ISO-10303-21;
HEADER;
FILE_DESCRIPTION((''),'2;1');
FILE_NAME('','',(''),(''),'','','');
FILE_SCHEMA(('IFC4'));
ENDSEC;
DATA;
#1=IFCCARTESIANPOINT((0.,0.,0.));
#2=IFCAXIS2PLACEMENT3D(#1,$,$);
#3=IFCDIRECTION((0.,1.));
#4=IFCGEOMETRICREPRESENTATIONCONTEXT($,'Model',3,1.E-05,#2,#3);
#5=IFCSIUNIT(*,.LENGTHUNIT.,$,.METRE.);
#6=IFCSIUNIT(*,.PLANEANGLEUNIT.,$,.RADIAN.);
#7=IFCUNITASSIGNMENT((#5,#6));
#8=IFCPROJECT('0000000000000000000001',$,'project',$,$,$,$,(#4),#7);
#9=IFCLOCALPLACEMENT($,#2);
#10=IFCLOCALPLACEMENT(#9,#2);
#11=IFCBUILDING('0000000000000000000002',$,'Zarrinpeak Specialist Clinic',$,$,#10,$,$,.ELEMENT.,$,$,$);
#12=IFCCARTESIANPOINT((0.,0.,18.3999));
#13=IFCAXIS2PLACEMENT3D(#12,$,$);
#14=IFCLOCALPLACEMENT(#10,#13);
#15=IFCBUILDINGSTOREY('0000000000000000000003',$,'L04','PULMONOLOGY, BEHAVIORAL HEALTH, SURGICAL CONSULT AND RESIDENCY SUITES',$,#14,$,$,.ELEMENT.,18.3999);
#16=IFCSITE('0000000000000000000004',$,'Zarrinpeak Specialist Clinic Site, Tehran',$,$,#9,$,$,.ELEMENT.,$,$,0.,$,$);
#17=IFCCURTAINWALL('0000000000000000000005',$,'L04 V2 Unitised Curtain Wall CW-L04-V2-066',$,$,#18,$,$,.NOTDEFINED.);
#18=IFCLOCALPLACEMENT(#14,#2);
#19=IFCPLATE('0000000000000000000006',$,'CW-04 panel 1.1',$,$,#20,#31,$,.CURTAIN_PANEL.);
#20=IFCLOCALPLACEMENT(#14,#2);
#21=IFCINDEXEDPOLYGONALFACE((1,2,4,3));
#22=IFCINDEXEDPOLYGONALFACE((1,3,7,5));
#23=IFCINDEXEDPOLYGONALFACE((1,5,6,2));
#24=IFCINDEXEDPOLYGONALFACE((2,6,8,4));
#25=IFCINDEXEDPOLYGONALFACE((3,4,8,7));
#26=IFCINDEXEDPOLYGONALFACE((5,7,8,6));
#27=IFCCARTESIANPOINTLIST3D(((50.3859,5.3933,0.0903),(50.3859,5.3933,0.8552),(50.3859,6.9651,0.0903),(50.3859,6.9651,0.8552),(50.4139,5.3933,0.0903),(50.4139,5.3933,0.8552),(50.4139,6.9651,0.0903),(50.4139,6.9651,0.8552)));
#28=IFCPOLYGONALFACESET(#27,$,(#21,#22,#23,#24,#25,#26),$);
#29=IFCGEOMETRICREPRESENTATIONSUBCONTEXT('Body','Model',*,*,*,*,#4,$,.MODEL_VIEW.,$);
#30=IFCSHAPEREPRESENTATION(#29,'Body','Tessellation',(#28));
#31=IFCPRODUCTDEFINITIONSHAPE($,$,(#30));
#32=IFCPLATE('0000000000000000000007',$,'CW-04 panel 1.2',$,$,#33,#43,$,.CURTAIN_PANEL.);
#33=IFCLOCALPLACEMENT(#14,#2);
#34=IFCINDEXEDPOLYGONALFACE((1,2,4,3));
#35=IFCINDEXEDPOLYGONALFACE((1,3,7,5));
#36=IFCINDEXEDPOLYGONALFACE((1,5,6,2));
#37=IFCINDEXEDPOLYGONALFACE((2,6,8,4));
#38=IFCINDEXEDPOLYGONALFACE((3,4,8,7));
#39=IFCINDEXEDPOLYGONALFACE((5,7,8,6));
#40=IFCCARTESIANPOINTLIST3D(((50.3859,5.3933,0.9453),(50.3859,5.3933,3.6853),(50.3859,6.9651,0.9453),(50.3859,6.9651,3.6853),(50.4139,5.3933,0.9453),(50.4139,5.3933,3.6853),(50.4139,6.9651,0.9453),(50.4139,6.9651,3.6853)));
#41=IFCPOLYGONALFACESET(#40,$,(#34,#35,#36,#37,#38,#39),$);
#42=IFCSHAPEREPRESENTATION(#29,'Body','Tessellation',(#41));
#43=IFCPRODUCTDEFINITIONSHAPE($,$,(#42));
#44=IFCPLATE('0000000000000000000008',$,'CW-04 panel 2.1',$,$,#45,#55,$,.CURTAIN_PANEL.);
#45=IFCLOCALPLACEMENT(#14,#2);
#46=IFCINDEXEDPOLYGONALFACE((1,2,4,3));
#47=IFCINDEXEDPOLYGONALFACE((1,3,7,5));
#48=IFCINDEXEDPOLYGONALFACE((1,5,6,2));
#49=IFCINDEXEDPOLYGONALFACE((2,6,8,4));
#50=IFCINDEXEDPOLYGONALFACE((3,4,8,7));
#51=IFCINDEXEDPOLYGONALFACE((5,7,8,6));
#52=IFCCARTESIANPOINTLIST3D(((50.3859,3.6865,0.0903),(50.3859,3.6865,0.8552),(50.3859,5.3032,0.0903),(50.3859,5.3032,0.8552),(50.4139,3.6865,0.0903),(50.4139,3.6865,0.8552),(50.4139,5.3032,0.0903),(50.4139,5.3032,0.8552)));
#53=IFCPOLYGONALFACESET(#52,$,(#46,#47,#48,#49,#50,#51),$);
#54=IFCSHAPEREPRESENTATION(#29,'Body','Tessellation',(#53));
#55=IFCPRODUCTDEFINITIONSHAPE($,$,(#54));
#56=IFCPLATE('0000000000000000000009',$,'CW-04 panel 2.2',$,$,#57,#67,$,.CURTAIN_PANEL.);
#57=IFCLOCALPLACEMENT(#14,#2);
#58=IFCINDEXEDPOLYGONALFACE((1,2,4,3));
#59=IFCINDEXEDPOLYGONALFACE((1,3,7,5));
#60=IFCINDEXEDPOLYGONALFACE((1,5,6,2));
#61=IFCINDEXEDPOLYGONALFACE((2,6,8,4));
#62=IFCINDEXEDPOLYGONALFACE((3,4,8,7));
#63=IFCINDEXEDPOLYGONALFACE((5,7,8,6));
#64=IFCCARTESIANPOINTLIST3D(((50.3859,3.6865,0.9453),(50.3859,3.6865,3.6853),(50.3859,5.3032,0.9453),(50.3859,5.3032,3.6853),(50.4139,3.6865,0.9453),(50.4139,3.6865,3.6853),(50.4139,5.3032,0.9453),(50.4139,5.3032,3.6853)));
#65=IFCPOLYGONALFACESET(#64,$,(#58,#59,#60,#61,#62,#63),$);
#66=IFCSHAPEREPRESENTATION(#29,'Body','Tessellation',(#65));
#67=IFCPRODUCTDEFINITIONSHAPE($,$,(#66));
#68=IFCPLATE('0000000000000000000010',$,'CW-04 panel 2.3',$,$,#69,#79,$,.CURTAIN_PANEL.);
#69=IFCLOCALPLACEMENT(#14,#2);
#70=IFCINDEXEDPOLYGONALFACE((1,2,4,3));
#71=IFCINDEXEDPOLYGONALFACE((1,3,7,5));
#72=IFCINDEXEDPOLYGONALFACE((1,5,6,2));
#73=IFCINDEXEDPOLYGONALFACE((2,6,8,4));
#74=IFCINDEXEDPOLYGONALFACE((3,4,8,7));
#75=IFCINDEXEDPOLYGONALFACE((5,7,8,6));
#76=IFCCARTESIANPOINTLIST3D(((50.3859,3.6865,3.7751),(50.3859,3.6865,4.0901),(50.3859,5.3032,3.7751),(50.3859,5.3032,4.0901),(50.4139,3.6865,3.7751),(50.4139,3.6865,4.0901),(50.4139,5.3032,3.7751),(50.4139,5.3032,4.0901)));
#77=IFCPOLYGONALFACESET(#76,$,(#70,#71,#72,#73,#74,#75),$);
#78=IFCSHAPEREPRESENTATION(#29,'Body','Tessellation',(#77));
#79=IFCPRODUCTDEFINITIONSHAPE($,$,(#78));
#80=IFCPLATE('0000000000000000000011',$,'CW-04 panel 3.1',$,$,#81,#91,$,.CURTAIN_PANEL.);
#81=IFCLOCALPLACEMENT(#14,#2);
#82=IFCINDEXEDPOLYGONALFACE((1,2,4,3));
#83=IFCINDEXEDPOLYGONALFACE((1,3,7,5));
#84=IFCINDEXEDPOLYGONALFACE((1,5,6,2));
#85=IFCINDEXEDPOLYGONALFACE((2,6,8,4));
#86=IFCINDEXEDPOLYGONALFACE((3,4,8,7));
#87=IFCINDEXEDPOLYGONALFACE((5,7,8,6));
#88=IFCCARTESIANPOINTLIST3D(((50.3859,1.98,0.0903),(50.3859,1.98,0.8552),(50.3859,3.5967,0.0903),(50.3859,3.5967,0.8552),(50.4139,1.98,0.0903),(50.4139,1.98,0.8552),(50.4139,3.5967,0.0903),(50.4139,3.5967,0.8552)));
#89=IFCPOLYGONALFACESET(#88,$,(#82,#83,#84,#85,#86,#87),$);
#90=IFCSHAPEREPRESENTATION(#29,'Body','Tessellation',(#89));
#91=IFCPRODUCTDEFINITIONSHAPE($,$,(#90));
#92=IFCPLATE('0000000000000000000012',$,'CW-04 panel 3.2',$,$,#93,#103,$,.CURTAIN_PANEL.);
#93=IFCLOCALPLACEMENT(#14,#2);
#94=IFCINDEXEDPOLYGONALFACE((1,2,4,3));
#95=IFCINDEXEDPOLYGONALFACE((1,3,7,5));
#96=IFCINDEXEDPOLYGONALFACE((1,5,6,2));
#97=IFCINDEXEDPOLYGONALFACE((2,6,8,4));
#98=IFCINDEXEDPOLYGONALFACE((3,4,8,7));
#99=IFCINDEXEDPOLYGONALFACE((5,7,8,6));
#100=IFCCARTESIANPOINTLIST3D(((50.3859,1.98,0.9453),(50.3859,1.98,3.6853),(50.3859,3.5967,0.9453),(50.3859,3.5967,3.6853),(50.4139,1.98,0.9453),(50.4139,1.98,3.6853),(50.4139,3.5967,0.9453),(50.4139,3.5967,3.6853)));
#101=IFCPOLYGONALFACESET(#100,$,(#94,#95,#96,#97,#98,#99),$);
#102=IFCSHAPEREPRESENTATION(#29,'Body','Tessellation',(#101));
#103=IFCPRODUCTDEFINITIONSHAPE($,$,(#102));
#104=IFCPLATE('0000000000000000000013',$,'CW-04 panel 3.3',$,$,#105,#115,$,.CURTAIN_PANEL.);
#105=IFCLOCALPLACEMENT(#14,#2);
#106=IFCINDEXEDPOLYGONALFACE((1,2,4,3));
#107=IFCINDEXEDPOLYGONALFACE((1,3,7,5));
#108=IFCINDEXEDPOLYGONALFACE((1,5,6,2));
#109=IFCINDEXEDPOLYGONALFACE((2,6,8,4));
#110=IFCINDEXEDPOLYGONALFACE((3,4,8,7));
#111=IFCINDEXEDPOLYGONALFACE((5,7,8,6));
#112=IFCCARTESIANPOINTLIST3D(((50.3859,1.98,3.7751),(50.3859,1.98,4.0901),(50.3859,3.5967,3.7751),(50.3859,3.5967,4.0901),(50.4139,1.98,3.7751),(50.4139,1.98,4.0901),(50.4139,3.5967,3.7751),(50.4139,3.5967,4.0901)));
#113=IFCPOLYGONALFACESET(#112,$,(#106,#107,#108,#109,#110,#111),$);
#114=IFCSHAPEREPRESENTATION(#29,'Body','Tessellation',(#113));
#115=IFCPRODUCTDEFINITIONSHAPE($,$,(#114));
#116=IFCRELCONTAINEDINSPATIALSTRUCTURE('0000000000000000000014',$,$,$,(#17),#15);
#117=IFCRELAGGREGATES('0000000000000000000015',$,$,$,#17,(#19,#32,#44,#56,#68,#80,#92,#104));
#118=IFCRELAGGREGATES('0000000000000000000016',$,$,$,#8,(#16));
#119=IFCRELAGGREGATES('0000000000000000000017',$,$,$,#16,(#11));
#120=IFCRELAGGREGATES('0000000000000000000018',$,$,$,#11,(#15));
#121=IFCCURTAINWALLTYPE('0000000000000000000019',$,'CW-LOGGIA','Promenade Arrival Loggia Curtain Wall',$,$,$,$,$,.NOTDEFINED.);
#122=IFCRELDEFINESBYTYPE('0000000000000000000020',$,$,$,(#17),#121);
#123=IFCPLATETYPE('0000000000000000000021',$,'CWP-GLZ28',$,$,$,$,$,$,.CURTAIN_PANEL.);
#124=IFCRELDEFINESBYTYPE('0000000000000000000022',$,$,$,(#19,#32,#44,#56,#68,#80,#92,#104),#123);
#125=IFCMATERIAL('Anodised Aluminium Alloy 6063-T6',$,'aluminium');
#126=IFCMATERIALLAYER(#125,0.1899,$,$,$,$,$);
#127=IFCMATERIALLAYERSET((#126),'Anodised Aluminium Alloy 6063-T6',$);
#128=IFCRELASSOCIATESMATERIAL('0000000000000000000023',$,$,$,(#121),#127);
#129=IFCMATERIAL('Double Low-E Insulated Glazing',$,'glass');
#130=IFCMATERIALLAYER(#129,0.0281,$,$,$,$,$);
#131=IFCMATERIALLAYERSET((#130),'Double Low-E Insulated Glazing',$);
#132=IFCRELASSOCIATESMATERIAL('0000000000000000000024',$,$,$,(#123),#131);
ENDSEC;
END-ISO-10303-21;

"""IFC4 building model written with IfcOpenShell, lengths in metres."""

from ifc_helpers import new_model, si_unit, direction, frame, origin, origin_2d, place, context, subcontext, project, spatial, rectangle, extrude, material, layer, layer_set, type_object, element, aggregate, save


model = new_model("IFC4")

# Units and contexts
model_context = context("Model", 3, precision=1e-05, world=origin(), true_north=direction((0.0, 1.0)))
body_context = subcontext(model_context, "Body", "Model", "MODEL_VIEW")
ifc_project = project(units=[si_unit("LENGTHUNIT", "METRE"), si_unit("PLANEANGLEUNIT", "RADIAN")], contexts=[model_context])

# Site, building, storey
site_placement = place(None, origin())
site = spatial("IfcSite", under=ifc_project, at=site_placement, Name="Zarrinpeak Specialist Clinic Site, Tehran", CompositionType="ELEMENT", RefElevation=0.0)
building_placement = place(site_placement, origin())
building = spatial("IfcBuilding", under=site, at=building_placement, Name="Zarrinpeak Specialist Clinic", CompositionType="ELEMENT")
storey_placement = place(building_placement, frame((0.0, 0.0, 18.3999)))
storey = spatial("IfcBuildingStorey", under=building, at=storey_placement, Name="L04", Description="PULMONOLOGY, BEHAVIORAL HEALTH, SURGICAL CONSULT AND RESIDENCY SUITES", CompositionType="ELEMENT", Elevation=18.3999)

# Curtain wall, plates
ifc_material_1 = material(Name="Anodised Aluminium Alloy 6063-T6", Category="aluminium")
ifc_layer_1 = layer(ifc_material_1, 0.1899)
ifc_layer_set_1 = layer_set([ifc_layer_1], Name="Anodised Aluminium Alloy 6063-T6")
curtain_wall_type = type_object("IfcCurtainWallType", Name="CW-LOGGIA", Description="Promenade Arrival Loggia Curtain Wall", PredefinedType="NOTDEFINED", material=ifc_layer_set_1)
curtain_wall_placement = place(storey_placement, origin())
curtain_wall = element("IfcCurtainWall", 1, at=curtain_wall_placement, inside=storey, type_object=curtain_wall_type, Name="L04 V2 Unitised Curtain Wall CW-L04-V2-066", PredefinedType="NOTDEFINED")
ifc_material_2 = material(Name="Double Low-E Insulated Glazing", Category="glass")
ifc_layer_2 = layer(ifc_material_2, 0.0281)
ifc_layer_set_2 = layer_set([ifc_layer_2], Name="Double Low-E Insulated Glazing")
plate_type = type_object("IfcPlateType", Name="CWP-GLZ28", PredefinedType="CURTAIN_PANEL", material=ifc_layer_set_2)
plate_1_placement = place(storey_placement, frame((50.3999, 6.1792, 0.0903), z_axis=(0.0, 0.0, 1.0), x_axis=(0.0, -1.0, 0.0)))
plate_1 = element("IfcPlate", 2, at=plate_1_placement, type_object=plate_type, Name="CW-04 panel 1.1", PredefinedType="CURTAIN_PANEL", context=body_context, shape_type="SweptSolid", body=[
    extrude(rectangle(XDim=1.5718, YDim=0.0281, at=origin_2d()), origin(), (0.0, 0.0, 1.0), 0.7649),
])
plate_2_placement = place(storey_placement, frame((50.3999, 6.1792, 0.9453), z_axis=(0.0, 0.0, 1.0), x_axis=(0.0, -1.0, 0.0)))
plate_2 = element("IfcPlate", 3, at=plate_2_placement, type_object=plate_type, Name="CW-04 panel 1.2", PredefinedType="CURTAIN_PANEL", context=body_context, shape_type="SweptSolid", body=[
    extrude(rectangle(XDim=1.5718, YDim=0.0281, at=origin_2d()), origin(), (0.0, 0.0, 1.0), 2.74),
])
plate_3_placement = place(storey_placement, frame((50.3999, 4.4949, 0.0903), z_axis=(0.0, 0.0, 1.0), x_axis=(0.0, -1.0, 0.0)))
plate_3 = element("IfcPlate", 4, at=plate_3_placement, type_object=plate_type, Name="CW-04 panel 2.1", PredefinedType="CURTAIN_PANEL", context=body_context, shape_type="SweptSolid", body=[
    extrude(rectangle(XDim=1.6167, YDim=0.0281, at=origin_2d()), origin(), (0.0, 0.0, 1.0), 0.7649),
])
plate_4_placement = place(storey_placement, frame((50.3999, 4.4949, 0.9453), z_axis=(0.0, 0.0, 1.0), x_axis=(0.0, -1.0, 0.0)))
plate_4 = element("IfcPlate", 5, at=plate_4_placement, type_object=plate_type, Name="CW-04 panel 2.2", PredefinedType="CURTAIN_PANEL", context=body_context, shape_type="SweptSolid", body=[
    extrude(rectangle(XDim=1.6167, YDim=0.0281, at=origin_2d()), origin(), (0.0, 0.0, 1.0), 2.74),
])
plate_5_placement = place(storey_placement, frame((50.3999, 4.4949, 3.7751), z_axis=(0.0, 0.0, 1.0), x_axis=(0.0, -1.0, 0.0)))
plate_5 = element("IfcPlate", 6, at=plate_5_placement, type_object=plate_type, Name="CW-04 panel 2.3", PredefinedType="CURTAIN_PANEL", context=body_context, shape_type="SweptSolid", body=[
    extrude(rectangle(XDim=1.6167, YDim=0.0281, at=origin_2d()), origin(), (0.0, 0.0, 1.0), 0.3149),
])
plate_6_placement = place(storey_placement, frame((50.3999, 2.7883, 0.0903), z_axis=(0.0, 0.0, 1.0), x_axis=(0.0, -1.0, 0.0)))
plate_6 = element("IfcPlate", 7, at=plate_6_placement, type_object=plate_type, Name="CW-04 panel 3.1", PredefinedType="CURTAIN_PANEL", context=body_context, shape_type="SweptSolid", body=[
    extrude(rectangle(XDim=1.6167, YDim=0.0281, at=origin_2d()), origin(), (0.0, 0.0, 1.0), 0.7649),
])
plate_7_placement = place(storey_placement, frame((50.3999, 2.7883, 0.9453), z_axis=(0.0, 0.0, 1.0), x_axis=(0.0, -1.0, 0.0)))
plate_7 = element("IfcPlate", 8, at=plate_7_placement, type_object=plate_type, Name="CW-04 panel 3.2", PredefinedType="CURTAIN_PANEL", context=body_context, shape_type="SweptSolid", body=[
    extrude(rectangle(XDim=1.6167, YDim=0.0281, at=origin_2d()), origin(), (0.0, 0.0, 1.0), 2.74),
])
plate_8_placement = place(storey_placement, frame((50.3999, 2.7883, 3.7751), z_axis=(0.0, 0.0, 1.0), x_axis=(0.0, -1.0, 0.0)))
plate_8 = element("IfcPlate", 9, at=plate_8_placement, type_object=plate_type, Name="CW-04 panel 3.3", PredefinedType="CURTAIN_PANEL", context=body_context, shape_type="SweptSolid", body=[
    extrude(rectangle(XDim=1.6167, YDim=0.0281, at=origin_2d()), origin(), (0.0, 0.0, 1.0), 0.3149),
])
aggregate(curtain_wall, [plate_1, plate_2, plate_3, plate_4, plate_5, plate_6, plate_7, plate_8])

save(model, "model.ifc")
